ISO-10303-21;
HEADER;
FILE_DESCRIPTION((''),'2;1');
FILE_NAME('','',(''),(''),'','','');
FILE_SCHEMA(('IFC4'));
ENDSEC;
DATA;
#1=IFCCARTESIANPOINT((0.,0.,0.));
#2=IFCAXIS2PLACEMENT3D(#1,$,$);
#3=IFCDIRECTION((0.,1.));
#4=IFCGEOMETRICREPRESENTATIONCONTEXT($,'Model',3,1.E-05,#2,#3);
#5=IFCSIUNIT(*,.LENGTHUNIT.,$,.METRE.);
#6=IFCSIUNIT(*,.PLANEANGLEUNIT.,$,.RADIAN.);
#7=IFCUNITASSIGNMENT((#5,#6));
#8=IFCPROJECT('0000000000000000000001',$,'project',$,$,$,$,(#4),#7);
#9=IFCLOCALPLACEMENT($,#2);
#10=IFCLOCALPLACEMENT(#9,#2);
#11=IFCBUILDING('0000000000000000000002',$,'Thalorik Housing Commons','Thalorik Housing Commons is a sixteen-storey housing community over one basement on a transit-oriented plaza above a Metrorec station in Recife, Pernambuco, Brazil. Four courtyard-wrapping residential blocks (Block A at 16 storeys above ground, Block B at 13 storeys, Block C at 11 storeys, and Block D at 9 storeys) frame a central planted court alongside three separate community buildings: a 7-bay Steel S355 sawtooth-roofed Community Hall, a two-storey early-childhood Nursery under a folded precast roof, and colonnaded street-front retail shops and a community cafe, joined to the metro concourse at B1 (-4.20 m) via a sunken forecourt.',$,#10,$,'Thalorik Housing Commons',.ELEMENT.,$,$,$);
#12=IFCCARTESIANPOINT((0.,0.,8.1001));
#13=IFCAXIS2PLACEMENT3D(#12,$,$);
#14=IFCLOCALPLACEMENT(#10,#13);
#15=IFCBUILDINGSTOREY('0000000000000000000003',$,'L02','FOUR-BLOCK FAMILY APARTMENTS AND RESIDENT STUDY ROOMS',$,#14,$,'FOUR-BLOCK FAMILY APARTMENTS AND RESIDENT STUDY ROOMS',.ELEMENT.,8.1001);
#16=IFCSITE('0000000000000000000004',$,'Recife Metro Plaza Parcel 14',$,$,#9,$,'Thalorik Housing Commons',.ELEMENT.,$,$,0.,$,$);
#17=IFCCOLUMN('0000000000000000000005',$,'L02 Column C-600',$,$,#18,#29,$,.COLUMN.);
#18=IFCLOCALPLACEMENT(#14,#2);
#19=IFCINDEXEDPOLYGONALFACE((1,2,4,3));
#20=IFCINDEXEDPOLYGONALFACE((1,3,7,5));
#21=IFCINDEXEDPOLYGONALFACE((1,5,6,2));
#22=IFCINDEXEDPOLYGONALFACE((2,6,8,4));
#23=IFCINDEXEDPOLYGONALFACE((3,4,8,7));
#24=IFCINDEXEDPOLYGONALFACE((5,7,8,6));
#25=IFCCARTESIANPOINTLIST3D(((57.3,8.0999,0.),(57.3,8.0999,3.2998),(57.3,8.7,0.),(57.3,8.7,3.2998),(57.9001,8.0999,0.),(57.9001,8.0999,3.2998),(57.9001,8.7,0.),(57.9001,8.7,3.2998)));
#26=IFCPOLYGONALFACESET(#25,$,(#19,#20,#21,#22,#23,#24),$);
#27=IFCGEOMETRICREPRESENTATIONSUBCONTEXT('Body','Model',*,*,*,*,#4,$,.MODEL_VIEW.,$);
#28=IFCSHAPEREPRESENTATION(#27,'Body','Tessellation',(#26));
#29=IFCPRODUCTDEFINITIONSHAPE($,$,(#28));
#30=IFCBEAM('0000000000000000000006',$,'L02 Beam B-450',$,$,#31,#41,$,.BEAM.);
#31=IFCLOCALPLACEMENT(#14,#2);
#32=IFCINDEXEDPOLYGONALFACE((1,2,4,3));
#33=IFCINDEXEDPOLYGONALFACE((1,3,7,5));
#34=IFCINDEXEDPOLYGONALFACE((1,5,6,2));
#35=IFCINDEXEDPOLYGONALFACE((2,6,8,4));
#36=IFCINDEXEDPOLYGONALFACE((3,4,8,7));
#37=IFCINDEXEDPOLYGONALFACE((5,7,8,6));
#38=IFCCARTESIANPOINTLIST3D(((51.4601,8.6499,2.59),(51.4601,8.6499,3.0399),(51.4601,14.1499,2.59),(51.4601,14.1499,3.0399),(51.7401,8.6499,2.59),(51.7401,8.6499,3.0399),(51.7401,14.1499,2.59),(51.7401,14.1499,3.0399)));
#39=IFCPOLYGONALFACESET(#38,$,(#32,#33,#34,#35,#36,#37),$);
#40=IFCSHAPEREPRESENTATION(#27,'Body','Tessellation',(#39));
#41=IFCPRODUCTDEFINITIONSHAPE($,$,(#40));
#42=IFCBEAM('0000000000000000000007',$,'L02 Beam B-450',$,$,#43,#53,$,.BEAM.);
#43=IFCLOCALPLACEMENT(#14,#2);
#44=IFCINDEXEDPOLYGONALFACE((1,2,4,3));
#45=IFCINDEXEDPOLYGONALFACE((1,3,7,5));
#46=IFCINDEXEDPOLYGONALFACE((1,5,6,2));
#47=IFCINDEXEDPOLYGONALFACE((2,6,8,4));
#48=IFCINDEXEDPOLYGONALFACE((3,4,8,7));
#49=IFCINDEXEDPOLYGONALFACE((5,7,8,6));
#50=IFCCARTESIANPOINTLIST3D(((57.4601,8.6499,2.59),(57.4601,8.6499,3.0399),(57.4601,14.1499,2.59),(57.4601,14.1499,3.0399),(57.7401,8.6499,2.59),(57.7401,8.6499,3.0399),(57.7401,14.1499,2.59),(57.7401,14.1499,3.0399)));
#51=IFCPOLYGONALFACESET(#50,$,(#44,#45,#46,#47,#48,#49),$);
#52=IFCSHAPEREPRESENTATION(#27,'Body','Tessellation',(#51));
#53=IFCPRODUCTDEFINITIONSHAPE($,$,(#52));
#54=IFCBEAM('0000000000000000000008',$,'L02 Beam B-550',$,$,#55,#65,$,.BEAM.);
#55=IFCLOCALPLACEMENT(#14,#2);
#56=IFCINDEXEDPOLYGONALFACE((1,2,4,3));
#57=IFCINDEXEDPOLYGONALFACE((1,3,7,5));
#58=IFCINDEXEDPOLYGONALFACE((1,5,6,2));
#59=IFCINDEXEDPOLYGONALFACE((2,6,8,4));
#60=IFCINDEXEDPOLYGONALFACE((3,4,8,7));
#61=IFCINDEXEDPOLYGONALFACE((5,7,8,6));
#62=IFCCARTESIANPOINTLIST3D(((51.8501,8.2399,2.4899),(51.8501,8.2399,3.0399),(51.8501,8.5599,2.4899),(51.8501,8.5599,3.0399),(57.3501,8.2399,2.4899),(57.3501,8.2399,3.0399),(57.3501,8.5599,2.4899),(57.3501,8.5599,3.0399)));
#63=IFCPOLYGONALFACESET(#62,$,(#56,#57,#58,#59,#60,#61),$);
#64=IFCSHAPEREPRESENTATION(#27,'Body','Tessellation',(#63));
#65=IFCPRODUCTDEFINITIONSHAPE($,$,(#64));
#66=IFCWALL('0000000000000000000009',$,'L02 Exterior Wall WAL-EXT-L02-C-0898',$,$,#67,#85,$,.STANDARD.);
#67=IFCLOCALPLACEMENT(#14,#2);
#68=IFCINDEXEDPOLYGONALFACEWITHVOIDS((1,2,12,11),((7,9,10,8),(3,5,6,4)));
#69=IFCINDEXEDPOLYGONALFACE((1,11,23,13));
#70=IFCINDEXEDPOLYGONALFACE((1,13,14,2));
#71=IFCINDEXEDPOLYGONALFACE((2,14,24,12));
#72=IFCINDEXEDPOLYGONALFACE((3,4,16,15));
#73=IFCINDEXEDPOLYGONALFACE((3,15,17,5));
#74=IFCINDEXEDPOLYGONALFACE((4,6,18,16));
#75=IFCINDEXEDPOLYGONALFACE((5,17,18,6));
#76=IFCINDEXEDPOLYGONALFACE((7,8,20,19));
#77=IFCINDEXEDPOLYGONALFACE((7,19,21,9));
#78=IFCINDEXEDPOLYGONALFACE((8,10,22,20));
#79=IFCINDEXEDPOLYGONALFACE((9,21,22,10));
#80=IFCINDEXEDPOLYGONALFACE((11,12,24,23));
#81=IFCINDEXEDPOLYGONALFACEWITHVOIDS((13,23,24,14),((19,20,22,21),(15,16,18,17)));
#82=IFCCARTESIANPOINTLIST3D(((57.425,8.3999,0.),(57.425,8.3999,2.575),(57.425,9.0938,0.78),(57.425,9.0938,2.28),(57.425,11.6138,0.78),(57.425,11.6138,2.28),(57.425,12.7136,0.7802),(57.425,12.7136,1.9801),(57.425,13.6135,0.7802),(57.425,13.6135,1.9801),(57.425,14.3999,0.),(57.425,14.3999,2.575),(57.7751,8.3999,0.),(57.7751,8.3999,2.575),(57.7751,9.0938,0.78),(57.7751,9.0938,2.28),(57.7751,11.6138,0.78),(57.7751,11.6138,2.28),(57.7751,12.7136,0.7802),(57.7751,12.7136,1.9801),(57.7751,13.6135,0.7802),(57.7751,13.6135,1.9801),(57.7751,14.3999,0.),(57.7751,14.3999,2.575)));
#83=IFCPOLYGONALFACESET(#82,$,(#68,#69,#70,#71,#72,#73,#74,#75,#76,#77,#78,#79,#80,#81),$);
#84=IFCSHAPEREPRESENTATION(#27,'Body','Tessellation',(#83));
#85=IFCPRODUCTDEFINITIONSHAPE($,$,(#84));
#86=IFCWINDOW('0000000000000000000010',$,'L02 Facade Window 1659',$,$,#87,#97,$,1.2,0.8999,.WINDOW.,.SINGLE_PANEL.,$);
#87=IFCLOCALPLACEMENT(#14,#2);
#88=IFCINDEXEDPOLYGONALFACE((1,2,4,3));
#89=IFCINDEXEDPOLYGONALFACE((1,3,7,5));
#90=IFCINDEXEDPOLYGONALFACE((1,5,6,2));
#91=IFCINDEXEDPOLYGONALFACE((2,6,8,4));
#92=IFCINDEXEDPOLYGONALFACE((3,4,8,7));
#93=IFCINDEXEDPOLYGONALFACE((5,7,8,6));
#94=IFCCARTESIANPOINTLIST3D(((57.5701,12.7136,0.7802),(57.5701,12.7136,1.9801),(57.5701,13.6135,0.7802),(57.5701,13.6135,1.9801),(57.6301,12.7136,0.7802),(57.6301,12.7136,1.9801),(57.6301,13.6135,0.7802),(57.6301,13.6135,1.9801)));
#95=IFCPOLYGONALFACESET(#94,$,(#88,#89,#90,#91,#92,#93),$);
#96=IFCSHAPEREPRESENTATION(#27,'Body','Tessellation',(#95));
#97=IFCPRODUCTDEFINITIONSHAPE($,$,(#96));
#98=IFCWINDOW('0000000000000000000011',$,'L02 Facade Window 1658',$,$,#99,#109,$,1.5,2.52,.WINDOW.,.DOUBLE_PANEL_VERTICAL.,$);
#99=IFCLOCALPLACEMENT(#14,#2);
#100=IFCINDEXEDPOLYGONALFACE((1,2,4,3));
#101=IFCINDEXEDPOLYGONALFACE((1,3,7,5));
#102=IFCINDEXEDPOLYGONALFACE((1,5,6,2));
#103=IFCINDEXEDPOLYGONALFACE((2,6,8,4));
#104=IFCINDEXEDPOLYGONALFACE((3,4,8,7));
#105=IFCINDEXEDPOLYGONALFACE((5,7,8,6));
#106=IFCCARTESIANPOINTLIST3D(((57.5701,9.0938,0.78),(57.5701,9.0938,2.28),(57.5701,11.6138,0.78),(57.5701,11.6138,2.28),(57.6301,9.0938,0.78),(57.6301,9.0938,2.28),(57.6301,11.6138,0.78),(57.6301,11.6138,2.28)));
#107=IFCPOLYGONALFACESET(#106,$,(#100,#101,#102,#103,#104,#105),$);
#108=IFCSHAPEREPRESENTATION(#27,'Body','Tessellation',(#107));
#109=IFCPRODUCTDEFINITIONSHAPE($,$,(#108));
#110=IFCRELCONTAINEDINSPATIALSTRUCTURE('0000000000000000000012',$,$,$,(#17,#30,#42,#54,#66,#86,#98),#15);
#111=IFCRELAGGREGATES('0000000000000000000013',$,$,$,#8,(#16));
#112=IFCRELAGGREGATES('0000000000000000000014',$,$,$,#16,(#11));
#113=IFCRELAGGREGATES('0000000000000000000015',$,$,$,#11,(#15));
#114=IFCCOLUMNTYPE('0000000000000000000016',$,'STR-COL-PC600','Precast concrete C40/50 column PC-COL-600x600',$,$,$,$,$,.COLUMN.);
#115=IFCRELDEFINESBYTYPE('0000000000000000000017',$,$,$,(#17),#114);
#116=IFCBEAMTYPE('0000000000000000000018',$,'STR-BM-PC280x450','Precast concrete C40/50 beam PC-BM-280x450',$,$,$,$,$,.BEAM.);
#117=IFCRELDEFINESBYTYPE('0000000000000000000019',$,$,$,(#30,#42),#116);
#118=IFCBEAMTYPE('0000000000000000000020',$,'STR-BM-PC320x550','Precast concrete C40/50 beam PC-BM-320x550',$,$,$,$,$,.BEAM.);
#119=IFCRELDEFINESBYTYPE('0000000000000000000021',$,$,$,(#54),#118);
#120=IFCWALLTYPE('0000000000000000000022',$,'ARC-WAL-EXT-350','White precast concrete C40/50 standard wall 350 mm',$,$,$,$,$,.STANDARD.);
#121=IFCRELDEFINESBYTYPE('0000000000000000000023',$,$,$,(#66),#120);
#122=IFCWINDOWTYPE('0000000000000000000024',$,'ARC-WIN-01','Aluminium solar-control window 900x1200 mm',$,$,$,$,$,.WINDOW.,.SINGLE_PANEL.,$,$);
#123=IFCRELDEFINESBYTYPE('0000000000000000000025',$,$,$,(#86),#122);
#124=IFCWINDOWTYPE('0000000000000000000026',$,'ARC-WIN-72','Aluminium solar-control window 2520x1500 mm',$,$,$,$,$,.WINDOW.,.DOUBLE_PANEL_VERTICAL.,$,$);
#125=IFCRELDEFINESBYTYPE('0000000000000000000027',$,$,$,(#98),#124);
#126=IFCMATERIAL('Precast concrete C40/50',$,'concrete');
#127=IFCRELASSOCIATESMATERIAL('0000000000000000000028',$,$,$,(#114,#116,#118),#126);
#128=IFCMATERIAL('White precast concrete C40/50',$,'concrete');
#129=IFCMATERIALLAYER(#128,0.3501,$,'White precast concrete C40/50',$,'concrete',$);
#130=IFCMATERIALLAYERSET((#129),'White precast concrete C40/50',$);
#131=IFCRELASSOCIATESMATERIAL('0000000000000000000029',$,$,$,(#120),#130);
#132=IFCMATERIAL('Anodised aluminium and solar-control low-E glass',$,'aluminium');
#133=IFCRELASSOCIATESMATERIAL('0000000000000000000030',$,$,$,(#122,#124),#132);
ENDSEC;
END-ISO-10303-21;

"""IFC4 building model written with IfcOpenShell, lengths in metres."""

from ifc_helpers import new_model, si_unit, direction, frame, frame_2d, origin, origin_2d, place, context, subcontext, project, spatial, rectangle, extrude, material, layer, layer_set, material_profile, profile_set, type_object, element, fill, save


model = new_model("IFC4")

# Units and contexts
model_context = context("Model", 3, precision=1e-05, world=origin(), true_north=direction((0.0, 1.0)))
body_context = subcontext(model_context, "Body", "Model", "MODEL_VIEW")
ifc_project = project(units=[si_unit("LENGTHUNIT", "METRE"), si_unit("PLANEANGLEUNIT", "RADIAN")], contexts=[model_context])

# Site, building, storey
site_placement = place(None, origin())
site = spatial("IfcSite", under=ifc_project, at=site_placement, Name="Recife Metro Plaza Parcel 14", LongName="Thalorik Housing Commons", CompositionType="ELEMENT", RefElevation=0.0)
building_placement = place(site_placement, origin())
building = spatial("IfcBuilding", under=site, at=building_placement, Name="Thalorik Housing Commons", Description="Thalorik Housing Commons is a sixteen-storey housing community over one basement on a transit-oriented plaza above a Metrorec station in Recife, Pernambuco, Brazil. Four courtyard-wrapping residential blocks (Block A at 16 storeys above ground, Block B at 13 storeys, Block C at 11 storeys, and Block D at 9 storeys) frame a central planted court alongside three separate community buildings: a 7-bay Steel S355 sawtooth-roofed Community Hall, a two-storey early-childhood Nursery under a folded precast roof, and colonnaded street-front retail shops and a community cafe, joined to the metro concourse at B1 (-4.20 m) via a sunken forecourt.", LongName="Thalorik Housing Commons", CompositionType="ELEMENT")
storey_placement = place(building_placement, frame((0.0, 0.0, 8.1001)))
storey = spatial("IfcBuildingStorey", under=building, at=storey_placement, Name="L02", Description="FOUR-BLOCK FAMILY APARTMENTS AND RESIDENT STUDY ROOMS", LongName="FOUR-BLOCK FAMILY APARTMENTS AND RESIDENT STUDY ROOMS", CompositionType="ELEMENT", Elevation=8.1001)

# Column
ifc_material_1 = material(Name="Precast concrete C40/50", Category="concrete")
ifc_material_profile_1 = material_profile(ifc_material_1, rectangle(XDim=0.6001, YDim=0.6001, at=origin_2d()), Name="PC 600x600", Category="concrete")
ifc_profile_set_1 = profile_set([ifc_material_profile_1], Name="Precast concrete C40/50")
column_type = type_object("IfcColumnType", Name="STR-COL-PC600", Description="Precast concrete C40/50 column PC-COL-600x600", PredefinedType="COLUMN", material=ifc_profile_set_1)
column_placement = place(storey_placement, frame((57.6001, 8.3999, 0.0), z_axis=(0.0, 0.0, 1.0), x_axis=(1.0, 0.0, 0.0)))
element("IfcColumn", 1, at=column_placement, inside=storey, type_object=column_type, Name="L02 Column C-600", PredefinedType="COLUMN", context=body_context, shape_type="SweptSolid", body=[
    extrude(rectangle(XDim=0.6001, YDim=0.6001, at=origin_2d()), origin(), (0.0, 0.0, 1.0), 3.2998),
])

# Beams
ifc_material_profile_2 = material_profile(ifc_material_1, rectangle(XDim=0.28, YDim=0.45, at=origin_2d()), Name="PC 280x450", Category="concrete")
ifc_profile_set_2 = profile_set([ifc_material_profile_2], Name="Precast concrete C40/50")
beam_type_1 = type_object("IfcBeamType", Name="STR-BM-PC280x450", Description="Precast concrete C40/50 beam PC-BM-280x450", PredefinedType="BEAM", material=ifc_profile_set_2)
for number, where, z_axis, x_axis, name in (
    (2, (51.6001, 8.6499, 2.8149), (0.0, 1.0, 0.0), (-1.0, 0.0, 0.0), "L02 Beam B-450"),
    (3, (57.6001, 8.6499, 2.8149), (0.0, 1.0, 0.0), (-1.0, 0.0, 0.0), "L02 Beam B-450"),
):
    element("IfcBeam", number, at=place(storey_placement, frame(where, z_axis=z_axis, x_axis=x_axis)), inside=storey, type_object=beam_type_1, Name=name, PredefinedType="BEAM", context=body_context, shape_type="SweptSolid", body=[
        extrude(rectangle(XDim=0.28, YDim=0.45, at=origin_2d()), origin(), (0.0, 0.0, 1.0), 5.5),
    ])
ifc_material_profile_3 = material_profile(ifc_material_1, rectangle(XDim=0.3201, YDim=0.55, at=origin_2d()), Name="PC 320x550", Category="concrete")
ifc_profile_set_3 = profile_set([ifc_material_profile_3], Name="Precast concrete C40/50")
beam_type_2 = type_object("IfcBeamType", Name="STR-BM-PC320x550", Description="Precast concrete C40/50 beam PC-BM-320x550", PredefinedType="BEAM", material=ifc_profile_set_3)
beam_placement = place(storey_placement, frame((51.8501, 8.3999, 2.7649), z_axis=(1.0, 0.0, 0.0), x_axis=(0.0, 1.0, 0.0)))
element("IfcBeam", 4, at=beam_placement, inside=storey, type_object=beam_type_2, Name="L02 Beam B-550", PredefinedType="BEAM", context=body_context, shape_type="SweptSolid", body=[
    extrude(rectangle(XDim=0.3201, YDim=0.55, at=origin_2d()), origin(), (0.0, 0.0, 1.0), 5.5),
])

# Wall, openings, windows
ifc_material_2 = material(Name="White precast concrete C40/50", Category="concrete")
ifc_layer_1 = layer(ifc_material_2, 0.3501, Name="White precast concrete C40/50", Category="concrete")
ifc_layer_set_1 = layer_set([ifc_layer_1], Name="White precast concrete C40/50")
wall_type_1 = type_object("IfcWallType", Name="ARC-WAL-EXT-350", Description="White precast concrete C40/50 standard wall 350 mm", PredefinedType="STANDARD", material=ifc_layer_set_1)
wall_1_placement = place(storey_placement, frame((57.6001, 8.3999, 0.0), z_axis=(0.0, 0.0, 1.0), x_axis=(0.0, 1.0, 0.0)))
wall_1 = element("IfcWall", 5, at=wall_1_placement, inside=storey, type_object=wall_type_1, Name="L02 Exterior Wall WAL-EXT-L02-C-0898", PredefinedType="STANDARD", context=body_context, shape_type="SweptSolid", body=[
    extrude(rectangle(XDim=6.0, YDim=0.3501, at=frame_2d((3.0, 0.0))), origin(), (0.0, 0.0, 1.0), 2.575),
])
opening_1_placement = place(wall_1_placement, frame((0.6938, 0.0, 0.78)))
opening_1 = element("IfcOpeningElement", 6, at=opening_1_placement, cuts=wall_1, PredefinedType="OPENING", context=body_context, shape_type="SweptSolid", body=[
    extrude(rectangle(XDim=2.52, YDim=1.5, at=frame_2d((1.26, 0.75))), frame((0.0, 0.1851, 0.0), z_axis=(0.0, -1.0, 0.0), x_axis=(1.0, 0.0, 0.0)), (0.0, 0.0, 1.0), 0.3701),
])
opening_2_placement = place(wall_1_placement, frame((4.3137, 0.0, 0.78)))
opening_2 = element("IfcOpeningElement", 7, at=opening_2_placement, cuts=wall_1, PredefinedType="OPENING", context=body_context, shape_type="SweptSolid", body=[
    extrude(rectangle(XDim=0.8999, YDim=1.2, at=frame_2d((0.45, 0.6001))), frame((0.0, 0.1851, 0.0), z_axis=(0.0, -1.0, 0.0), x_axis=(1.0, 0.0, 0.0)), (0.0, 0.0, 1.0), 0.3701),
])
ifc_material_3 = material(Name="Anodised aluminium and solar-control low-E glass", Category="aluminium")
window_type_1 = type_object("IfcWindowType", Name="ARC-WIN-01", Description="Aluminium solar-control window 900x1200 mm", PartitioningType="SINGLE_PANEL", PredefinedType="WINDOW", material=ifc_material_3)
window_1_placement = place(opening_2_placement, origin())
window_1 = element("IfcWindow", 8, at=window_1_placement, inside=storey, type_object=window_type_1, Name="L02 Facade Window 1659", OverallHeight=1.2, OverallWidth=0.8999, PartitioningType="SINGLE_PANEL", PredefinedType="WINDOW", context=body_context, shape_type="SweptSolid", body=[
    extrude(rectangle(XDim=0.8999, YDim=1.2, at=frame_2d((0.45, 0.6001))), frame((0.0, 0.03, 0.0), z_axis=(0.0, -1.0, 0.0), x_axis=(1.0, 0.0, 0.0)), (0.0, 0.0, 1.0), 0.0601),
])
fill(opening_2, window_1)
window_type_2 = type_object("IfcWindowType", Name="ARC-WIN-72", Description="Aluminium solar-control window 2520x1500 mm", PartitioningType="DOUBLE_PANEL_VERTICAL", PredefinedType="WINDOW", material=ifc_material_3)
window_2_placement = place(opening_1_placement, origin())
window_2 = element("IfcWindow", 9, at=window_2_placement, inside=storey, type_object=window_type_2, Name="L02 Facade Window 1658", OverallHeight=1.5, OverallWidth=2.52, PartitioningType="DOUBLE_PANEL_VERTICAL", PredefinedType="WINDOW", context=body_context, shape_type="SweptSolid", body=[
    extrude(rectangle(XDim=2.52, YDim=1.5, at=frame_2d((1.26, 0.75))), frame((0.0, 0.03, 0.0), z_axis=(0.0, -1.0, 0.0), x_axis=(1.0, 0.0, 0.0)), (0.0, 0.0, 1.0), 0.0601),
])
fill(opening_1, window_2)

save(model, "model.ifc")
